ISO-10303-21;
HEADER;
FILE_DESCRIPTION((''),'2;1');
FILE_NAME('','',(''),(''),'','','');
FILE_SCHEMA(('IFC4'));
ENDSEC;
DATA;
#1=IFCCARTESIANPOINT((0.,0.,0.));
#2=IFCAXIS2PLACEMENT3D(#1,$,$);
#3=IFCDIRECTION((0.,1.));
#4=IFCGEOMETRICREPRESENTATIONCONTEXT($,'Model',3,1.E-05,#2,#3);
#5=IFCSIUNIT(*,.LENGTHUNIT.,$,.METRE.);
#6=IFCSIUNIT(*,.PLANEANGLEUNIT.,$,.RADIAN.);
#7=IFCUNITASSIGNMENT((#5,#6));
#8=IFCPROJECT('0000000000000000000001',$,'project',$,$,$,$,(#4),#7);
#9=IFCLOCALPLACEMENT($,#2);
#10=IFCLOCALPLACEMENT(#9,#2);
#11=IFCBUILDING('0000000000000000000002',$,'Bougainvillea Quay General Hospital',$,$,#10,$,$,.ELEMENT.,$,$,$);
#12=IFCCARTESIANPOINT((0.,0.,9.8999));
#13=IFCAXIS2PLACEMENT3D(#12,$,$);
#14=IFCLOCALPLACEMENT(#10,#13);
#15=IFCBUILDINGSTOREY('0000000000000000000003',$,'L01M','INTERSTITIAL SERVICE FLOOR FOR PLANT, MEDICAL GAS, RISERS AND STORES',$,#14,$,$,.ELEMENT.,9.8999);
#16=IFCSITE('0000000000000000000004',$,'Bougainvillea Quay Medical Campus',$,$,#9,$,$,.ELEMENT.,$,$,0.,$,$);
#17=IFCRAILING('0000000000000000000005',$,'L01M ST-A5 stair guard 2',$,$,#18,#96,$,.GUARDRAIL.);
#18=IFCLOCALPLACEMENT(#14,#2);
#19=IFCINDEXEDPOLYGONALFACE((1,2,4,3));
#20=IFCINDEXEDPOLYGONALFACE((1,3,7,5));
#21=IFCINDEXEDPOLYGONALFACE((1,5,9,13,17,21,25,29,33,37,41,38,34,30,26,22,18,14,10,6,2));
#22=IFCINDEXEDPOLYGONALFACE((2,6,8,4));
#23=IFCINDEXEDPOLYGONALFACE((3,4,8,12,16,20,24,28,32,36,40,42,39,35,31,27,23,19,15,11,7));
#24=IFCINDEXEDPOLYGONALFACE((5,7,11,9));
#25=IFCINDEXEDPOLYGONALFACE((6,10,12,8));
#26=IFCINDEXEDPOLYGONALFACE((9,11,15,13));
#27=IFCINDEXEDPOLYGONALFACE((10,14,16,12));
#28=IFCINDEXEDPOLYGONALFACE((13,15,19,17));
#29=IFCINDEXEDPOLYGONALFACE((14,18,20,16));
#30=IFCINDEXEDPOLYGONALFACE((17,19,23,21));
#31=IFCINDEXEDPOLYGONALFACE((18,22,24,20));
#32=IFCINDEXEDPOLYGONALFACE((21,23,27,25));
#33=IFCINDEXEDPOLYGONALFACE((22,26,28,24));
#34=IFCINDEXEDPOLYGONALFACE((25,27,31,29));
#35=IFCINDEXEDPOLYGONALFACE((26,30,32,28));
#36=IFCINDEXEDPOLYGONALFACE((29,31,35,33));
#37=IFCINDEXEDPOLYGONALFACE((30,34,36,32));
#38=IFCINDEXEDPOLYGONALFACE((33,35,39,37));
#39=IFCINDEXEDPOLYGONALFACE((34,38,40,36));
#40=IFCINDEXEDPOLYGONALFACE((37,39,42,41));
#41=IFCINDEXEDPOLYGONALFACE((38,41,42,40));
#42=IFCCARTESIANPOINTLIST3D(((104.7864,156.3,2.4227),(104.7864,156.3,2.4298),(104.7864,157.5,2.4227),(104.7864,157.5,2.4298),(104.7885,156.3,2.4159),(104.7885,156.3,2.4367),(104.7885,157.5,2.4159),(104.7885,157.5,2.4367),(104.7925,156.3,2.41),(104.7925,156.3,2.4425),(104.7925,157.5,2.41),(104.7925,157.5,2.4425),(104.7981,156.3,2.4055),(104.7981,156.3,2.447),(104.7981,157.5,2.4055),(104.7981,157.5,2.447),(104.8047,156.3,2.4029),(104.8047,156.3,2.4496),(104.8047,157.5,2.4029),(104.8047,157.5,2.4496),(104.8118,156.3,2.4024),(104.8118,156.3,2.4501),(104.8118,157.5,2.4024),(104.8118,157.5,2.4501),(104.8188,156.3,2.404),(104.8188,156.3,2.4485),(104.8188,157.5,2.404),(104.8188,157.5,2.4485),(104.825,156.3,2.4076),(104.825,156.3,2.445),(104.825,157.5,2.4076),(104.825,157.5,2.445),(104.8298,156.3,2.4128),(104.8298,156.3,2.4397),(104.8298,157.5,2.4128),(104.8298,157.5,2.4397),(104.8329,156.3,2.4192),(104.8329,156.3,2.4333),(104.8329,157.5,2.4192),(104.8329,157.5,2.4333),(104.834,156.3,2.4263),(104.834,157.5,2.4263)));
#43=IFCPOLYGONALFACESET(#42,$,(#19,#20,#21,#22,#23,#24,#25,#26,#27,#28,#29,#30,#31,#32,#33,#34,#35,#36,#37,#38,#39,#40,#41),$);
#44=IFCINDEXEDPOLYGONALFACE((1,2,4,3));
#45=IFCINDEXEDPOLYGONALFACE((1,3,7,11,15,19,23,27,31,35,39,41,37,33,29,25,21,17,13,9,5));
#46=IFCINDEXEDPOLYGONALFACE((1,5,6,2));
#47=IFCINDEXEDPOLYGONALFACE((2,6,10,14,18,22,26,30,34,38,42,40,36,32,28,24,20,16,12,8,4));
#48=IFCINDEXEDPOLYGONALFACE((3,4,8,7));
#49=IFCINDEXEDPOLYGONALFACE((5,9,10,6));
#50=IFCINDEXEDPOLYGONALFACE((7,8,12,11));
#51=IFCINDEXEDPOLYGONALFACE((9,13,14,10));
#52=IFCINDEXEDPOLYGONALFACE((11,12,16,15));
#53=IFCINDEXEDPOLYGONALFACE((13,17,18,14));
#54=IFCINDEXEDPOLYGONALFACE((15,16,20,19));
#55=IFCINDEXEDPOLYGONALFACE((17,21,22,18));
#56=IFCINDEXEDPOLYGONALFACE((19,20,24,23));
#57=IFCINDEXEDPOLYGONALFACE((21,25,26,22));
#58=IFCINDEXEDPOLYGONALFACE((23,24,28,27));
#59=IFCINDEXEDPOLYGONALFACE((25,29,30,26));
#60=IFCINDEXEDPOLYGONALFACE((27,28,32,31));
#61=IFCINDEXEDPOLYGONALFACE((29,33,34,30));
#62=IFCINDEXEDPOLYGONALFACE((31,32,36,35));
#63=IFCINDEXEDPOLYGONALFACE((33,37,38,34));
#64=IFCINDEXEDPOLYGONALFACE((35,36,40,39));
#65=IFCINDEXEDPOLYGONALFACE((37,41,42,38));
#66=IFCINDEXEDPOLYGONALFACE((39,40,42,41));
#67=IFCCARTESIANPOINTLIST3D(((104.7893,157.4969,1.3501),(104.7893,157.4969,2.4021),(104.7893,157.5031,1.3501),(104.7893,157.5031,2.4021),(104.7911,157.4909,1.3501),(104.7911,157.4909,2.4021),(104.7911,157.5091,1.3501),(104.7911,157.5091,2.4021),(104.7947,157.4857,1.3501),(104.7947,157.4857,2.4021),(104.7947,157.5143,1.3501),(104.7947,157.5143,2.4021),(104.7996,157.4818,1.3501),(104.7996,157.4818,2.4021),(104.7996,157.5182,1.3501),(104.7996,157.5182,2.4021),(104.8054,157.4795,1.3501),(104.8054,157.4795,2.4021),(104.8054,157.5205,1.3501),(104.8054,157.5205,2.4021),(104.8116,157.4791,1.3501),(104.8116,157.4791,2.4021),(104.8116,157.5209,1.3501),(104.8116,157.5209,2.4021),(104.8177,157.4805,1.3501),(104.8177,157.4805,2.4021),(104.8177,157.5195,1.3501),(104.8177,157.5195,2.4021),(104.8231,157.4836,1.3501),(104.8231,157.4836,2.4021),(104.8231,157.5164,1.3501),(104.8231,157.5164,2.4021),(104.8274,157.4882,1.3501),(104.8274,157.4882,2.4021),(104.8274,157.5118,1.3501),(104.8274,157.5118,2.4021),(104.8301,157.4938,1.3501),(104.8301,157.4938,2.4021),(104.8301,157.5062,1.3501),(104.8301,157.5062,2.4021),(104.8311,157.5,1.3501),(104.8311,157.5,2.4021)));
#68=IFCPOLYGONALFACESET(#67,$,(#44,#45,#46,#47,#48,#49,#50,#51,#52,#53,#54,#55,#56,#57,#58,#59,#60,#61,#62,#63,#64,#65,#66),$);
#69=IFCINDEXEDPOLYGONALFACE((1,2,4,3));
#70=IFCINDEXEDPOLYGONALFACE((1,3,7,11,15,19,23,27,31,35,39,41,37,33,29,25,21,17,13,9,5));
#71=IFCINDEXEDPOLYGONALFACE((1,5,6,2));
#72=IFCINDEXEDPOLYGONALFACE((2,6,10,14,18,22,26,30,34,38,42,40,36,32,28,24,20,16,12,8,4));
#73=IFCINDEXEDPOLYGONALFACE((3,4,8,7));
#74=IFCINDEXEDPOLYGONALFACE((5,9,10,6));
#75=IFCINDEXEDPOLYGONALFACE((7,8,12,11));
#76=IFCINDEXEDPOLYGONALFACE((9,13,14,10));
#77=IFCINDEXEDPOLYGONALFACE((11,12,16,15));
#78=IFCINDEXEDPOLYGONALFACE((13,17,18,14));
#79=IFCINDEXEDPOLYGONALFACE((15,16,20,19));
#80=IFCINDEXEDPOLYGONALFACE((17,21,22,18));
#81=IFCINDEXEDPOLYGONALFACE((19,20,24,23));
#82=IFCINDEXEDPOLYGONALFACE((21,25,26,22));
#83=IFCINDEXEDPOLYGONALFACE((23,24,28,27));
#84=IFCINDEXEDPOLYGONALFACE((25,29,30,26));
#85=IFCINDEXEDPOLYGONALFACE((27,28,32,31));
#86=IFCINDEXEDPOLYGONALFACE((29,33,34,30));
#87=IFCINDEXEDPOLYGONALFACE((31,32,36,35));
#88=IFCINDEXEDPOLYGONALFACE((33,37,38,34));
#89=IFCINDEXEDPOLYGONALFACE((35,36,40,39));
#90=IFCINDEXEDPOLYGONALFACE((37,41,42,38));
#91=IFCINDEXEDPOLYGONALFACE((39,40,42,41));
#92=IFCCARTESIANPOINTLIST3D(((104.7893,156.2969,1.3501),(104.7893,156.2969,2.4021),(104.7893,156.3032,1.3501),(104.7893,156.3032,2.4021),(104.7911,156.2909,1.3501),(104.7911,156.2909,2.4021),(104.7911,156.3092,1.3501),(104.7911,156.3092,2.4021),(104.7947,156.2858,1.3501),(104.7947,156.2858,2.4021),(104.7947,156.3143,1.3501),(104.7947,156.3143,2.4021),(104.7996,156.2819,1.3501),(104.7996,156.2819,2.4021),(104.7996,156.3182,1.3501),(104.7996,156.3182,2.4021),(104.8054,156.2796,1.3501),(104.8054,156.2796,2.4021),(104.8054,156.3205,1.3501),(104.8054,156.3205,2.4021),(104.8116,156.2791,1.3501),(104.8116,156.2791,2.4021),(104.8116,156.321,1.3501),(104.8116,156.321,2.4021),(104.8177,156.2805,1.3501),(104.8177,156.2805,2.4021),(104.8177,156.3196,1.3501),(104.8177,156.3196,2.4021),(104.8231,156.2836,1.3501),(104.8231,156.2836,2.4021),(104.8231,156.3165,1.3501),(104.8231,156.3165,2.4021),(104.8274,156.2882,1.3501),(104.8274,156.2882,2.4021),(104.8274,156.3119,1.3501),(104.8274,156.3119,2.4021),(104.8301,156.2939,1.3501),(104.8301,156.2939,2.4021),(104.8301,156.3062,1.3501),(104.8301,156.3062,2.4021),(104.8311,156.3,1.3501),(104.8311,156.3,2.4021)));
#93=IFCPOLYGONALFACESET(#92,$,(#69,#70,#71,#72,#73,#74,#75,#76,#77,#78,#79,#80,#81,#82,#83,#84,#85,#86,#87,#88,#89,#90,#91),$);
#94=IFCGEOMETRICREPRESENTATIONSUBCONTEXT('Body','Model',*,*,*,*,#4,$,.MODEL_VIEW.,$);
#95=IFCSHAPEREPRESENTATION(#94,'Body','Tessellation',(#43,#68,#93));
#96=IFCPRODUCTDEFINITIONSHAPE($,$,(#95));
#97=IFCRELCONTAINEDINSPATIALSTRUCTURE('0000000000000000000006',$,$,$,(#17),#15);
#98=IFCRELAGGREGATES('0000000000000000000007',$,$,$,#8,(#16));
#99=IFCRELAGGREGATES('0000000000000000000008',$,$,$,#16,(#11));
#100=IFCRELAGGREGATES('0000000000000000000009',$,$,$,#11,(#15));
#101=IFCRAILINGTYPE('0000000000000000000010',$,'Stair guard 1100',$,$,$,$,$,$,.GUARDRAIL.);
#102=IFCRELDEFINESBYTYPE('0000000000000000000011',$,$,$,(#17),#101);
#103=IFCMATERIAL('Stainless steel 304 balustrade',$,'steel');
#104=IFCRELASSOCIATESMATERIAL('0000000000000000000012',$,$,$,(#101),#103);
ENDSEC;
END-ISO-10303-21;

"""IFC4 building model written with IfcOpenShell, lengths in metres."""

from ifc_helpers import new_model, si_unit, direction, frame, origin, origin_2d, place, context, subcontext, project, spatial, circle, extrude, material, type_object, element, save


model = new_model("IFC4")

# Units and contexts
model_context = context("Model", 3, precision=1e-05, world=origin(), true_north=direction((0.0, 1.0)))
body_context = subcontext(model_context, "Body", "Model", "MODEL_VIEW")
ifc_project = project(units=[si_unit("LENGTHUNIT", "METRE"), si_unit("PLANEANGLEUNIT", "RADIAN")], contexts=[model_context])

# Site, building, storey
site_placement = place(None, origin())
site = spatial("IfcSite", under=ifc_project, at=site_placement, Name="Bougainvillea Quay Medical Campus", CompositionType="ELEMENT", RefElevation=0.0)
building_placement = place(site_placement, origin())
building = spatial("IfcBuilding", under=site, at=building_placement, Name="Bougainvillea Quay General Hospital", CompositionType="ELEMENT")
storey_placement = place(building_placement, frame((0.0, 0.0, 9.8999)))
storey = spatial("IfcBuildingStorey", under=building, at=storey_placement, Name="L01M", Description="INTERSTITIAL SERVICE FLOOR FOR PLANT, MEDICAL GAS, RISERS AND STORES", CompositionType="ELEMENT", Elevation=9.8999)

# Railing
ifc_material_1 = material(Name="Stainless steel 304 balustrade", Category="steel")
railing_type_1 = type_object("IfcRailingType", Name="Stair guard 1100", PredefinedType="GUARDRAIL", material=ifc_material_1)
railing_1_placement = place(storey_placement, frame((104.8101, 157.5, 1.3501)))
element("IfcRailing", 1, at=railing_1_placement, inside=storey, type_object=railing_type_1, Name="L01M ST-A5 stair guard 2", PredefinedType="GUARDRAIL", context=body_context, shape_type="SweptSolid", body=[
    extrude(circle(Radius=0.0239, at=origin_2d()), frame((0.0, 0.0, 1.0762), z_axis=(0.0, -1.0, 0.0), x_axis=(1.0, 0.0, 0.0)), (0.0, 0.0, 1.0), 1.2),
    extrude(circle(Radius=0.021, at=origin_2d()), origin(), (0.0, 0.0, 1.0), 1.052),
    extrude(circle(Radius=0.021, at=origin_2d()), frame((0.0, -1.2, 0.0)), (0.0, 0.0, 1.0), 1.052),
])

save(model, "model.ifc")
